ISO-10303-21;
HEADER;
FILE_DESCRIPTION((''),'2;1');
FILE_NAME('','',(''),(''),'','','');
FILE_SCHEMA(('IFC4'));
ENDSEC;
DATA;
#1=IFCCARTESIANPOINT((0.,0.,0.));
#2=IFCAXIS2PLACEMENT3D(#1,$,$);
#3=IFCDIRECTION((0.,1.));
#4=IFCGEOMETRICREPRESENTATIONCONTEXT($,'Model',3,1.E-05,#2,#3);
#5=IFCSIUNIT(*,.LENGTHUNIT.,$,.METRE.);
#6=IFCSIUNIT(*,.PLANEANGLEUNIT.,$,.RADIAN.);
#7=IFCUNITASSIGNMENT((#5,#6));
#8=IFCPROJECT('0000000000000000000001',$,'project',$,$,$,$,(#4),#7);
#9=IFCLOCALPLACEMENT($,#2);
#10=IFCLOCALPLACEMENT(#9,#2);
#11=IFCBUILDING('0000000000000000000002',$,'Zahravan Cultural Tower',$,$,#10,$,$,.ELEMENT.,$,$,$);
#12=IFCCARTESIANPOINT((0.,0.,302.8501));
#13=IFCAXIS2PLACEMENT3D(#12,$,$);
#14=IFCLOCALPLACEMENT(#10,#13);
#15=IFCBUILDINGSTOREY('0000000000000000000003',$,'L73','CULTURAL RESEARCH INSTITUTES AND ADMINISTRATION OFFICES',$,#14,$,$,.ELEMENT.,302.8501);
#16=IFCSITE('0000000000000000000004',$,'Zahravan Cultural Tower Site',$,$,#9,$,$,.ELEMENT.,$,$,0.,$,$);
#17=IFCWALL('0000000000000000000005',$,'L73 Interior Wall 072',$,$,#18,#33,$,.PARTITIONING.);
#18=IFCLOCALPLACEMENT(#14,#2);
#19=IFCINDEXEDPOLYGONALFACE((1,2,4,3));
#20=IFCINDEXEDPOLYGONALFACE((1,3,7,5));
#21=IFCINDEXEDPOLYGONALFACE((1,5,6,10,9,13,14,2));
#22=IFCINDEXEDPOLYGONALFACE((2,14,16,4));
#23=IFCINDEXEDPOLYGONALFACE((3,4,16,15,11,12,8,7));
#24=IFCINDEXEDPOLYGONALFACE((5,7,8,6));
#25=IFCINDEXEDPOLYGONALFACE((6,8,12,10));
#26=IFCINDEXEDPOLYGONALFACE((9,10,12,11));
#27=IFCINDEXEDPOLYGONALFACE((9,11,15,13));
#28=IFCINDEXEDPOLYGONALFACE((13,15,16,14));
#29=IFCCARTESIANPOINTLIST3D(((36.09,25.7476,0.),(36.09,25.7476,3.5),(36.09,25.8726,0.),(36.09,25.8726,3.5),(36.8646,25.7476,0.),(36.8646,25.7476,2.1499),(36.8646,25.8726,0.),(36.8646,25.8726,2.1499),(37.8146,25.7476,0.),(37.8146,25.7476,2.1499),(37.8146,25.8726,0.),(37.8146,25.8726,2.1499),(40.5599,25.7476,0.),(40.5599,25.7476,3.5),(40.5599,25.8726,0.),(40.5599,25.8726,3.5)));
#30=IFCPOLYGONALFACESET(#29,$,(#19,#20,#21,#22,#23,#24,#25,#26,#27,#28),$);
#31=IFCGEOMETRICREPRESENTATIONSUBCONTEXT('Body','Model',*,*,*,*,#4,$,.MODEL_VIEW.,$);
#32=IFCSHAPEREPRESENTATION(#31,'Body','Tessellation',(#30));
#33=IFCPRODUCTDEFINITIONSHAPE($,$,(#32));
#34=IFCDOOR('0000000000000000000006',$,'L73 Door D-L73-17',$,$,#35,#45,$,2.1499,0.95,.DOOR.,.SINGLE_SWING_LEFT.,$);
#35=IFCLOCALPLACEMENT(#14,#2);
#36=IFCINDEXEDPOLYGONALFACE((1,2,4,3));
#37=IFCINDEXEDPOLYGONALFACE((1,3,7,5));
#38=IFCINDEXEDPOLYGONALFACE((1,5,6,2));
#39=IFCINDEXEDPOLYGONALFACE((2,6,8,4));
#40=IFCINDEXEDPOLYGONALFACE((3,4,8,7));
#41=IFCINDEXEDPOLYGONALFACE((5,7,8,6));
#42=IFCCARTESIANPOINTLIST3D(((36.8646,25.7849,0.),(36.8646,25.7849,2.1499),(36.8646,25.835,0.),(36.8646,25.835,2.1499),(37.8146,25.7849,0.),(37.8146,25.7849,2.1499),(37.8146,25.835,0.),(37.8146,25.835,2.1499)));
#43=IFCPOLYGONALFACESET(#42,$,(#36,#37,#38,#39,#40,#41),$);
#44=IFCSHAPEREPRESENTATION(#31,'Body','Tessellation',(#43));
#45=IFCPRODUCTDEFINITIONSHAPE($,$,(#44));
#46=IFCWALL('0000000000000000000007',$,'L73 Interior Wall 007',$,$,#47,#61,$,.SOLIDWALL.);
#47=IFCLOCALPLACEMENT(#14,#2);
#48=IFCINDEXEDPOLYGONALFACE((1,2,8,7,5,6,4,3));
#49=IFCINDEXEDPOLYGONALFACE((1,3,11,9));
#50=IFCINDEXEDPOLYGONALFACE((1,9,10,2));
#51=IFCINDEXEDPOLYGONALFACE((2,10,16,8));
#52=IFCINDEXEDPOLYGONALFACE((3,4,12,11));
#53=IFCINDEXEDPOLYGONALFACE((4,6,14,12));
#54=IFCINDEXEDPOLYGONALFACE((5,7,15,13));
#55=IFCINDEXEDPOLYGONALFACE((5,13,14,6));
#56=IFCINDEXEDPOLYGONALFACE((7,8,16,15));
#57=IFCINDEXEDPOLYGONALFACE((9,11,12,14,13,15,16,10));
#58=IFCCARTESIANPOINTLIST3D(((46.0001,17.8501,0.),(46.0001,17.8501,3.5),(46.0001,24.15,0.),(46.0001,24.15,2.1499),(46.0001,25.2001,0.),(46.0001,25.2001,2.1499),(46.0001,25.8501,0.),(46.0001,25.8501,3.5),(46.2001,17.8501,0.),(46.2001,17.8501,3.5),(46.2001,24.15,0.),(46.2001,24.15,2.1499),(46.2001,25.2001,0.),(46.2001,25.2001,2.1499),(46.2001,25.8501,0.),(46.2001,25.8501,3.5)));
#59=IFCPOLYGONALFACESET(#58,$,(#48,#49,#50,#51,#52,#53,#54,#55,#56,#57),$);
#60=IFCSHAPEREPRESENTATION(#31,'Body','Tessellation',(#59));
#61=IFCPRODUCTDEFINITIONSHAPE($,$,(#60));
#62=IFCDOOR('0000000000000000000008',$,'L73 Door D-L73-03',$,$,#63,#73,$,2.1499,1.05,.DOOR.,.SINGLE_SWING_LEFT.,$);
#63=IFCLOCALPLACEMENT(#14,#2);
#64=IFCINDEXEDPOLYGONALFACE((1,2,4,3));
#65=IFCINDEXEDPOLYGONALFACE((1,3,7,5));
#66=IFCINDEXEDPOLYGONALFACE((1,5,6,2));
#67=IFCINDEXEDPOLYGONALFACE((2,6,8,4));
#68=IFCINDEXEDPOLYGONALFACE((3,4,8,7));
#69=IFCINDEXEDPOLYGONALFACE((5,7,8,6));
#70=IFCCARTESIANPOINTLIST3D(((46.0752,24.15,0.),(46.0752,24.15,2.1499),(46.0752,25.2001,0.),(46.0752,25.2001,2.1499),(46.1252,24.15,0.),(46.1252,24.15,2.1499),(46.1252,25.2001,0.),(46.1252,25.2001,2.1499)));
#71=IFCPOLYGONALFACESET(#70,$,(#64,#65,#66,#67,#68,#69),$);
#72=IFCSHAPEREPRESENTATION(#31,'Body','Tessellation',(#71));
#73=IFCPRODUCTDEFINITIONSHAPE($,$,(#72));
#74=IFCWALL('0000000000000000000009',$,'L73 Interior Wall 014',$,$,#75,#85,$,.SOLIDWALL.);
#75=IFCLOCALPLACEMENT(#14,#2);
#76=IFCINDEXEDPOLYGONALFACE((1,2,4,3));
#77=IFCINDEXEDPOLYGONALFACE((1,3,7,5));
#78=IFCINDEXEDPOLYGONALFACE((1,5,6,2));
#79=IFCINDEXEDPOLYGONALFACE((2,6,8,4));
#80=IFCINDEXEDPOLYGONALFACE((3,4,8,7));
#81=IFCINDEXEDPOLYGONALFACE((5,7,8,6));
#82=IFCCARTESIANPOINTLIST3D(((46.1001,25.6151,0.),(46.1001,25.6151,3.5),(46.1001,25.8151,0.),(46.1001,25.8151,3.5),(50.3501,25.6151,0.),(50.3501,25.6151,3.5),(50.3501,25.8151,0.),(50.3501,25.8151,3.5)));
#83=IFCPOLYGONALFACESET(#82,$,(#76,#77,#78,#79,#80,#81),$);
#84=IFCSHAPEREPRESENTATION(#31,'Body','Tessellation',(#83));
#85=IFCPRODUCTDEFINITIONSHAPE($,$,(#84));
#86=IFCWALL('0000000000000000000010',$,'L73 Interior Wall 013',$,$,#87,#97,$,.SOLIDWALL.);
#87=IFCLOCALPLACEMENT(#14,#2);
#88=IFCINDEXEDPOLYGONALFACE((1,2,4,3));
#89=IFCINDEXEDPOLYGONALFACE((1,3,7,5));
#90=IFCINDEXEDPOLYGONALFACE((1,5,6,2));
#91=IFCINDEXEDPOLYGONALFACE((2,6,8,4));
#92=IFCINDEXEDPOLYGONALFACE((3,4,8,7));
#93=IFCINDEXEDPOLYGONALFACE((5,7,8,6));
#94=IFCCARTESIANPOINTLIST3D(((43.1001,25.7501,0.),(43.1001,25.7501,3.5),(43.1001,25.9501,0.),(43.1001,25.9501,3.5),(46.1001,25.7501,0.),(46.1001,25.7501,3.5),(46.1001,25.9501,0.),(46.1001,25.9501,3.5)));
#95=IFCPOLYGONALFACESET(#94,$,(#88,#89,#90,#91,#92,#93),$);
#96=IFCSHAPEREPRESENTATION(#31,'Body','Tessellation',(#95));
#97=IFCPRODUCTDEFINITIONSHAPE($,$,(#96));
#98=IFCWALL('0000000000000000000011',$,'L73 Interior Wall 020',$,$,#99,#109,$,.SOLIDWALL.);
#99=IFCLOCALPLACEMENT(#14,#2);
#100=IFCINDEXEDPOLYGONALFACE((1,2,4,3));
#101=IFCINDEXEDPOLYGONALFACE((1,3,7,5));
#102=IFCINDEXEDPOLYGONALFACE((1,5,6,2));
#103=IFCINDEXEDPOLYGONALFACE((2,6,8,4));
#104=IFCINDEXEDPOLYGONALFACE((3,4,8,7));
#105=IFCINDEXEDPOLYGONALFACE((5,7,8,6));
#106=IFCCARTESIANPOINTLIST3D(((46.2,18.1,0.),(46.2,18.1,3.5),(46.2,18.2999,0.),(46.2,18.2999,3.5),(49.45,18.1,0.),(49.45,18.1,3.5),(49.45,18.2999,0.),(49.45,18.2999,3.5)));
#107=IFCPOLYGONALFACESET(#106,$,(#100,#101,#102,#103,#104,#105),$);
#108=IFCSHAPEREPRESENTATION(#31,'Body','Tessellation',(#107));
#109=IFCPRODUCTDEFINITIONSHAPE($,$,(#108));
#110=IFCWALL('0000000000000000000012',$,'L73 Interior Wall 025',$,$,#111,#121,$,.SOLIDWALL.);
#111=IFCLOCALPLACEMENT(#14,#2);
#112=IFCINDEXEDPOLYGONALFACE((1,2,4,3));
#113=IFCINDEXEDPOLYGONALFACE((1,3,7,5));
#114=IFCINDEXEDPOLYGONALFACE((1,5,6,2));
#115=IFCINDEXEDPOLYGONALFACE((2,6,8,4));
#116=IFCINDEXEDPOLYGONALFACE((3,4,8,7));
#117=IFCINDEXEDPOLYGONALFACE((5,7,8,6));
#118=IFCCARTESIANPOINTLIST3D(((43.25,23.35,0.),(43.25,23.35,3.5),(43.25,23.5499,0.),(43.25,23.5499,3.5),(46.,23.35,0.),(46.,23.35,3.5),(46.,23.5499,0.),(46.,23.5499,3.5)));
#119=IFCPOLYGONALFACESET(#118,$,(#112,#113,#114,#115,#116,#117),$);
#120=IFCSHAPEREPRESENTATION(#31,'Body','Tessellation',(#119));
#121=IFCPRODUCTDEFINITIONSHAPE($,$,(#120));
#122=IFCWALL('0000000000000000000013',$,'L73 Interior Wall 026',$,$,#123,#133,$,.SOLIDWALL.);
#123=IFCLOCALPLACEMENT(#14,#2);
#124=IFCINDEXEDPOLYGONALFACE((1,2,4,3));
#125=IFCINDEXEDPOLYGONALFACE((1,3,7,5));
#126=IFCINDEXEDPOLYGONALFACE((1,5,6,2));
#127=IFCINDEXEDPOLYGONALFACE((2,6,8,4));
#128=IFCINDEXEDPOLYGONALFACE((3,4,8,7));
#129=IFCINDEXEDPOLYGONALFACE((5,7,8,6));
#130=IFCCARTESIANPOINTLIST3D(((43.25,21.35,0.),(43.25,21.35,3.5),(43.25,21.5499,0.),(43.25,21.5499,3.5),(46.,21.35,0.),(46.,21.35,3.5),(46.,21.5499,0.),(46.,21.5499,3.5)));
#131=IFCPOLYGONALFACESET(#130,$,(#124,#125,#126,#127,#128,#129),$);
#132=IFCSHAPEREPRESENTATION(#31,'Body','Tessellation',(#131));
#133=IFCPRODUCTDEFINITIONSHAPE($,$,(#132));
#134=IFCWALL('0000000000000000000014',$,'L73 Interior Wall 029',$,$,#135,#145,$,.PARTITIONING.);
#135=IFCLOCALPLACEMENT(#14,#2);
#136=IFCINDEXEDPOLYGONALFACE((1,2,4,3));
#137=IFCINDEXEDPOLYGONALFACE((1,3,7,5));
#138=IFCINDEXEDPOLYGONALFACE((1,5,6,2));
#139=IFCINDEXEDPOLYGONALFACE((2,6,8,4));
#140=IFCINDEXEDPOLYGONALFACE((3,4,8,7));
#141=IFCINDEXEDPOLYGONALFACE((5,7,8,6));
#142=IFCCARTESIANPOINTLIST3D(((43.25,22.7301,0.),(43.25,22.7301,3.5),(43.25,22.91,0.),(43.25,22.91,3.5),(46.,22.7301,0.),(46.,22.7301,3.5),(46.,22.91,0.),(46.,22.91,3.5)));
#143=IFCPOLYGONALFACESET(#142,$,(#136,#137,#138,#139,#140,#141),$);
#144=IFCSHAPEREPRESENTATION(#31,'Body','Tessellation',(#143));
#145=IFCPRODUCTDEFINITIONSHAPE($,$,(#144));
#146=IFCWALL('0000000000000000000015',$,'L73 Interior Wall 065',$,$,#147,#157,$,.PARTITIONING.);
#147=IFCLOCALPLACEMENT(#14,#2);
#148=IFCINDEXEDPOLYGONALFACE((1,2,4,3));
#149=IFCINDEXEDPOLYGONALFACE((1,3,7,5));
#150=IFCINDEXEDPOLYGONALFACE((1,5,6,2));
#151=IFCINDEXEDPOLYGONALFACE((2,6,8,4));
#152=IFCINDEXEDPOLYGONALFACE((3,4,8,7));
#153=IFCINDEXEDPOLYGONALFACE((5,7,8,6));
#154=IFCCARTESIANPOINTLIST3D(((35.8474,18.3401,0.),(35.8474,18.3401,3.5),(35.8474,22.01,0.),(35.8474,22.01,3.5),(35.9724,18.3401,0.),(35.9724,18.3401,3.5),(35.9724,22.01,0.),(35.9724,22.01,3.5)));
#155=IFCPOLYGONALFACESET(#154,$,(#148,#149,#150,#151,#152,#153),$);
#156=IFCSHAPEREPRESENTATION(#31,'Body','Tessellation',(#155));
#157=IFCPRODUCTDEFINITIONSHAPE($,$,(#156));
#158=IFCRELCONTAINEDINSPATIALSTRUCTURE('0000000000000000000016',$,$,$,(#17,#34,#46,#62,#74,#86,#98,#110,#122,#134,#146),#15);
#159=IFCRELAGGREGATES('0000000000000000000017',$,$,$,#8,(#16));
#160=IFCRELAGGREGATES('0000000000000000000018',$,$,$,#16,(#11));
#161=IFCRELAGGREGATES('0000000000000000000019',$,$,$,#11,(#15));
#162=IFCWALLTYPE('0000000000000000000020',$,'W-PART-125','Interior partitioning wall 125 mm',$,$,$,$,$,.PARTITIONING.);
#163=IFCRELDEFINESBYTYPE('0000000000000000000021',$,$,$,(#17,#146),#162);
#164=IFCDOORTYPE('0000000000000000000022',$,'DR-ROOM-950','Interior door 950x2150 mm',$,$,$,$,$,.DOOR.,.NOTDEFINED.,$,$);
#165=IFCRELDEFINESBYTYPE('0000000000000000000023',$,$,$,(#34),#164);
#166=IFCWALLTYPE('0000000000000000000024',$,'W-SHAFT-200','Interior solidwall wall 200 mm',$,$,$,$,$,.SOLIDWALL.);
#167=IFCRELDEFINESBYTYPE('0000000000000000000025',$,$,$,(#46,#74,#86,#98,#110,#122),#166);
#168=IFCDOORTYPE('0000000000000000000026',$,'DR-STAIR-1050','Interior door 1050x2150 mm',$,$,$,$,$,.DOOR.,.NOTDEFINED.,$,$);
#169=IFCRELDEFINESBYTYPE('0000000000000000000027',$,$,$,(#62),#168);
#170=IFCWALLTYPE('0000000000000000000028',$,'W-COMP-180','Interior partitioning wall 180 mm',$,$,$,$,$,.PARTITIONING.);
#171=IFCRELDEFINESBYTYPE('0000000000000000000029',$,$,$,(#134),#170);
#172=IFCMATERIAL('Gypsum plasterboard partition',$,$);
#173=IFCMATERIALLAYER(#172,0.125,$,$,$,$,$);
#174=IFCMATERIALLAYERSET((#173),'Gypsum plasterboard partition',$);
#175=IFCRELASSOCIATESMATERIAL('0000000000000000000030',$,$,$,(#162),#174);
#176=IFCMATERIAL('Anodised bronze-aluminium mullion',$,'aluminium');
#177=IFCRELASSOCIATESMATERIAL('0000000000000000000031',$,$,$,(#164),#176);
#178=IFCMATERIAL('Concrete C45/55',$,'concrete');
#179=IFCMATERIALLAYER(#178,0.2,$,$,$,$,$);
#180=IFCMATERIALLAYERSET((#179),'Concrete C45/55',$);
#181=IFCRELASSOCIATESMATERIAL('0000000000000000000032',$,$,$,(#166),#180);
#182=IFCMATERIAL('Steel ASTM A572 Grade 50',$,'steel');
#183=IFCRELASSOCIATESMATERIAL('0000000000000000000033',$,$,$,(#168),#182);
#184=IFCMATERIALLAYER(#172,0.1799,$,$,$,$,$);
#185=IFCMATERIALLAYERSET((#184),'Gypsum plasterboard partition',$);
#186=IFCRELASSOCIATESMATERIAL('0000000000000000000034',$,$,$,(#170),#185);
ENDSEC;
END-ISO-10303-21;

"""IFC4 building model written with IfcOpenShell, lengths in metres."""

from ifc_helpers import new_model, si_unit, direction, frame, frame_2d, origin, place, context, subcontext, project, spatial, rectangle, extrude, source, transform, mapped, material, layer, layer_set, type_object, element, fill, save


model = new_model("IFC4")

# Units and contexts
model_context = context("Model", 3, precision=1e-05, world=origin(), true_north=direction((0.0, 1.0)))
body_context = subcontext(model_context, "Body", "Model", "MODEL_VIEW")
ifc_project = project(units=[si_unit("LENGTHUNIT", "METRE"), si_unit("PLANEANGLEUNIT", "RADIAN")], contexts=[model_context])

# Site, building, storey
site_placement = place(None, origin())
site = spatial("IfcSite", under=ifc_project, at=site_placement, Name="Zahravan Cultural Tower Site", CompositionType="ELEMENT", RefElevation=0.0)
building_placement = place(site_placement, origin())
building = spatial("IfcBuilding", under=site, at=building_placement, Name="Zahravan Cultural Tower", CompositionType="ELEMENT")
storey_placement = place(building_placement, frame((0.0, 0.0, 302.8501)))
storey = spatial("IfcBuildingStorey", under=building, at=storey_placement, Name="L73", Description="CULTURAL RESEARCH INSTITUTES AND ADMINISTRATION OFFICES", CompositionType="ELEMENT", Elevation=302.8501)

# Walls, openings, doors
ifc_material_1 = material(Name="Gypsum plasterboard partition")
ifc_layer_1 = layer(ifc_material_1, 0.125)
ifc_layer_set_1 = layer_set([ifc_layer_1], Name="Gypsum plasterboard partition")
wall_type_1 = type_object("IfcWallType", Name="W-PART-125", Description="Interior partitioning wall 125 mm", PredefinedType="PARTITIONING", material=ifc_layer_set_1)
ifc_material_2 = material(Name="Anodised bronze-aluminium mullion", Category="aluminium")
door_type_1 = type_object("IfcDoorType", Name="DR-ROOM-950", Description="Interior door 950x2150 mm", OperationType="NOTDEFINED", PredefinedType="DOOR", material=ifc_material_2)
shared_shape_1 = source(origin(), body_context, "Body", "SweptSolid", [
    extrude(rectangle(XDim=0.95, YDim=2.1499, at=frame_2d((0.4751, 1.075))), frame((0.0, 0.0249, 0.0), z_axis=(0.0, -1.0, 0.0), x_axis=(1.0, 0.0, 0.0)), (0.0, 0.0, 1.0), 0.05),
])
wall_1_placement = place(storey_placement, frame((36.0901, 25.8101, 0.0), z_axis=(0.0, 0.0, 1.0), x_axis=(1.0, 0.0, 0.0)))
wall_1 = element("IfcWall", 1, at=wall_1_placement, inside=storey, type_object=wall_type_1, Name="L73 Interior Wall 072", PredefinedType="PARTITIONING", context=body_context, shape_type="SweptSolid", body=[
    extrude(rectangle(XDim=4.47, YDim=0.125, at=frame_2d((2.2349, 0.0))), origin(), (0.0, 0.0, 1.0), 3.5),
])
opening_1_placement = place(wall_1_placement, frame((0.7744, 0.0, 0.0)))
opening_1 = element("IfcOpeningElement", 2, at=opening_1_placement, cuts=wall_1, PredefinedType="OPENING", context=body_context, shape_type="SweptSolid", body=[
    extrude(rectangle(XDim=0.95, YDim=2.1499, at=frame_2d((0.4751, 1.075))), frame((0.0, 0.0725, 0.0), z_axis=(0.0, -1.0, 0.0), x_axis=(1.0, 0.0, 0.0)), (0.0, 0.0, 1.0), 0.145),
])
door_1_placement = place(opening_1_placement, origin())
door_1 = element("IfcDoor", 3, at=door_1_placement, inside=storey, type_object=door_type_1, Name="L73 Door D-L73-17", OperationType="SINGLE_SWING_LEFT", OverallHeight=2.1499, OverallWidth=0.95, PredefinedType="DOOR", context=body_context, shape_type="MappedRepresentation", body=[
    mapped(shared_shape_1, transform((0.0, 0.0, 0.0), x_axis=(1.0, 0.0, 0.0), y_axis=(0.0, 1.0, 0.0), z_axis=(0.0, 0.0, 1.0), scale=1.0)),
])
fill(opening_1, door_1)
ifc_material_3 = material(Name="Concrete C45/55", Category="concrete")
ifc_layer_2 = layer(ifc_material_3, 0.2)
ifc_layer_set_2 = layer_set([ifc_layer_2], Name="Concrete C45/55")
wall_type_2 = type_object("IfcWallType", Name="W-SHAFT-200", Description="Interior solidwall wall 200 mm", PredefinedType="SOLIDWALL", material=ifc_layer_set_2)
wall_2_placement = place(storey_placement, frame((46.1001, 17.8501, 0.0), z_axis=(0.0, 0.0, 1.0), x_axis=(0.0, 1.0, 0.0)))
wall_2 = element("IfcWall", 4, at=wall_2_placement, inside=storey, type_object=wall_type_2, Name="L73 Interior Wall 007", PredefinedType="SOLIDWALL", context=body_context, shape_type="SweptSolid", body=[
    extrude(rectangle(XDim=8.0, YDim=0.2, at=frame_2d((4.0, 0.0))), origin(), (0.0, 0.0, 1.0), 3.5),
])
opening_2_placement = place(wall_2_placement, frame((6.3, 0.0, 0.0)))
opening_2 = element("IfcOpeningElement", 5, at=opening_2_placement, cuts=wall_2, PredefinedType="OPENING", context=body_context, shape_type="SweptSolid", body=[
    extrude(rectangle(XDim=1.05, YDim=2.1499, at=frame_2d((0.5249, 1.075))), frame((0.0, 0.1099, 0.0), z_axis=(0.0, -1.0, 0.0), x_axis=(1.0, 0.0, 0.0)), (0.0, 0.0, 1.0), 0.22),
])
ifc_material_4 = material(Name="Steel ASTM A572 Grade 50", Category="steel")
door_type_2 = type_object("IfcDoorType", Name="DR-STAIR-1050", Description="Interior door 1050x2150 mm", OperationType="NOTDEFINED", PredefinedType="DOOR", material=ifc_material_4)
shared_shape_2 = source(origin(), body_context, "Body", "SweptSolid", [
    extrude(rectangle(XDim=1.05, YDim=2.1499, at=frame_2d((0.5249, 1.075))), frame((0.0, 0.0249, 0.0), z_axis=(0.0, -1.0, 0.0), x_axis=(1.0, 0.0, 0.0)), (0.0, 0.0, 1.0), 0.05),
])
door_2_placement = place(opening_2_placement, origin())
door_2 = element("IfcDoor", 6, at=door_2_placement, inside=storey, type_object=door_type_2, Name="L73 Door D-L73-03", OperationType="SINGLE_SWING_LEFT", OverallHeight=2.1499, OverallWidth=1.05, PredefinedType="DOOR", context=body_context, shape_type="MappedRepresentation", body=[
    mapped(shared_shape_2, transform((0.0, 0.0, 0.0), x_axis=(1.0, 0.0, 0.0), y_axis=(0.0, 1.0, 0.0), z_axis=(0.0, 0.0, 1.0), scale=1.0)),
])
fill(opening_2, door_2)

# Walls
shared_shape_3 = source(origin(), body_context, "Body", "SweptSolid", [
    extrude(rectangle(XDim=4.25, YDim=0.2, at=frame_2d((2.125, 0.0))), origin(), (0.0, 0.0, 1.0), 3.5),
])
wall_3_placement = place(storey_placement, frame((46.1001, 25.7151, 0.0), z_axis=(0.0, 0.0, 1.0), x_axis=(1.0, 0.0, 0.0)))
element("IfcWall", 7, at=wall_3_placement, inside=storey, type_object=wall_type_2, Name="L73 Interior Wall 014", PredefinedType="SOLIDWALL", context=body_context, shape_type="MappedRepresentation", body=[
    mapped(shared_shape_3, transform((0.0, 0.0, 0.0), x_axis=(1.0, 0.0, 0.0), y_axis=(0.0, 1.0, 0.0), z_axis=(0.0, 0.0, 1.0), scale=1.0)),
])
shared_shape_4 = source(origin(), body_context, "Body", "SweptSolid", [
    extrude(rectangle(XDim=3.0, YDim=0.2, at=frame_2d((1.5, 0.0))), origin(), (0.0, 0.0, 1.0), 3.5),
])
wall_4_placement = place(storey_placement, frame((43.1001, 25.8501, 0.0), z_axis=(0.0, 0.0, 1.0), x_axis=(1.0, 0.0, 0.0)))
element("IfcWall", 8, at=wall_4_placement, inside=storey, type_object=wall_type_2, Name="L73 Interior Wall 013", PredefinedType="SOLIDWALL", context=body_context, shape_type="MappedRepresentation", body=[
    mapped(shared_shape_4, transform((0.0, 0.0, 0.0), x_axis=(1.0, 0.0, 0.0), y_axis=(0.0, 1.0, 0.0), z_axis=(0.0, 0.0, 1.0), scale=1.0)),
])
shared_shape_5 = source(origin(), body_context, "Body", "SweptSolid", [
    extrude(rectangle(XDim=3.25, YDim=0.2, at=frame_2d((1.625, 0.0))), origin(), (0.0, 0.0, 1.0), 3.5),
])
wall_5_placement = place(storey_placement, frame((46.2, 18.2, 0.0), z_axis=(0.0, 0.0, 1.0), x_axis=(1.0, 0.0, 0.0)))
element("IfcWall", 9, at=wall_5_placement, inside=storey, type_object=wall_type_2, Name="L73 Interior Wall 020", PredefinedType="SOLIDWALL", context=body_context, shape_type="MappedRepresentation", body=[
    mapped(shared_shape_5, transform((0.0, 0.0, 0.0), x_axis=(1.0, 0.0, 0.0), y_axis=(0.0, 1.0, 0.0), z_axis=(0.0, 0.0, 1.0), scale=1.0)),
])
shared_shape_6 = source(origin(), body_context, "Body", "SweptSolid", [
    extrude(rectangle(XDim=2.75, YDim=0.2, at=frame_2d((1.375, 0.0))), origin(), (0.0, 0.0, 1.0), 3.5),
])
for number, where, z_axis, x_axis, name in (
    (10, (43.25, 23.45, 0.0), (0.0, 0.0, 1.0), (1.0, 0.0, 0.0), "L73 Interior Wall 025"),
    (11, (43.25, 21.45, 0.0), (0.0, 0.0, 1.0), (1.0, 0.0, 0.0), "L73 Interior Wall 026"),
):
    element("IfcWall", number, at=place(storey_placement, frame(where, z_axis=z_axis, x_axis=x_axis)), inside=storey, type_object=wall_type_2, Name=name, PredefinedType="SOLIDWALL", context=body_context, shape_type="MappedRepresentation", body=[
        mapped(shared_shape_6, transform((0.0, 0.0, 0.0), x_axis=(1.0, 0.0, 0.0), y_axis=(0.0, 1.0, 0.0), z_axis=(0.0, 0.0, 1.0), scale=1.0)),
    ])
ifc_layer_3 = layer(ifc_material_1, 0.1799)
ifc_layer_set_3 = layer_set([ifc_layer_3], Name="Gypsum plasterboard partition")
wall_type_3 = type_object("IfcWallType", Name="W-COMP-180", Description="Interior partitioning wall 180 mm", PredefinedType="PARTITIONING", material=ifc_layer_set_3)
shared_shape_7 = source(origin(), body_context, "Body", "SweptSolid", [
    extrude(rectangle(XDim=2.75, YDim=0.1799, at=frame_2d((1.375, 0.0))), origin(), (0.0, 0.0, 1.0), 3.5),
])
wall_6_placement = place(storey_placement, frame((43.25, 22.8201, 0.0), z_axis=(0.0, 0.0, 1.0), x_axis=(1.0, 0.0, 0.0)))
element("IfcWall", 12, at=wall_6_placement, inside=storey, type_object=wall_type_3, Name="L73 Interior Wall 029", PredefinedType="PARTITIONING", context=body_context, shape_type="MappedRepresentation", body=[
    mapped(shared_shape_7, transform((0.0, 0.0, 0.0), x_axis=(1.0, 0.0, 0.0), y_axis=(0.0, 1.0, 0.0), z_axis=(0.0, 0.0, 1.0), scale=1.0)),
])
shared_shape_8 = source(origin(), body_context, "Body", "SweptSolid", [
    extrude(rectangle(XDim=3.6699, YDim=0.125, at=frame_2d((1.835, 0.0))), origin(), (0.0, 0.0, 1.0), 3.5),
])
wall_7_placement = place(storey_placement, frame((35.9099, 22.01, 0.0), z_axis=(0.0, 0.0, 1.0), x_axis=(0.0, -1.0, 0.0)))
element("IfcWall", 13, at=wall_7_placement, inside=storey, type_object=wall_type_1, Name="L73 Interior Wall 065", PredefinedType="PARTITIONING", context=body_context, shape_type="MappedRepresentation", body=[
    mapped(shared_shape_8, transform((0.0, 0.0, 0.0), x_axis=(1.0, 0.0, 0.0), y_axis=(0.0, 1.0, 0.0), z_axis=(0.0, 0.0, 1.0), scale=1.0)),
])

save(model, "model.ifc")
